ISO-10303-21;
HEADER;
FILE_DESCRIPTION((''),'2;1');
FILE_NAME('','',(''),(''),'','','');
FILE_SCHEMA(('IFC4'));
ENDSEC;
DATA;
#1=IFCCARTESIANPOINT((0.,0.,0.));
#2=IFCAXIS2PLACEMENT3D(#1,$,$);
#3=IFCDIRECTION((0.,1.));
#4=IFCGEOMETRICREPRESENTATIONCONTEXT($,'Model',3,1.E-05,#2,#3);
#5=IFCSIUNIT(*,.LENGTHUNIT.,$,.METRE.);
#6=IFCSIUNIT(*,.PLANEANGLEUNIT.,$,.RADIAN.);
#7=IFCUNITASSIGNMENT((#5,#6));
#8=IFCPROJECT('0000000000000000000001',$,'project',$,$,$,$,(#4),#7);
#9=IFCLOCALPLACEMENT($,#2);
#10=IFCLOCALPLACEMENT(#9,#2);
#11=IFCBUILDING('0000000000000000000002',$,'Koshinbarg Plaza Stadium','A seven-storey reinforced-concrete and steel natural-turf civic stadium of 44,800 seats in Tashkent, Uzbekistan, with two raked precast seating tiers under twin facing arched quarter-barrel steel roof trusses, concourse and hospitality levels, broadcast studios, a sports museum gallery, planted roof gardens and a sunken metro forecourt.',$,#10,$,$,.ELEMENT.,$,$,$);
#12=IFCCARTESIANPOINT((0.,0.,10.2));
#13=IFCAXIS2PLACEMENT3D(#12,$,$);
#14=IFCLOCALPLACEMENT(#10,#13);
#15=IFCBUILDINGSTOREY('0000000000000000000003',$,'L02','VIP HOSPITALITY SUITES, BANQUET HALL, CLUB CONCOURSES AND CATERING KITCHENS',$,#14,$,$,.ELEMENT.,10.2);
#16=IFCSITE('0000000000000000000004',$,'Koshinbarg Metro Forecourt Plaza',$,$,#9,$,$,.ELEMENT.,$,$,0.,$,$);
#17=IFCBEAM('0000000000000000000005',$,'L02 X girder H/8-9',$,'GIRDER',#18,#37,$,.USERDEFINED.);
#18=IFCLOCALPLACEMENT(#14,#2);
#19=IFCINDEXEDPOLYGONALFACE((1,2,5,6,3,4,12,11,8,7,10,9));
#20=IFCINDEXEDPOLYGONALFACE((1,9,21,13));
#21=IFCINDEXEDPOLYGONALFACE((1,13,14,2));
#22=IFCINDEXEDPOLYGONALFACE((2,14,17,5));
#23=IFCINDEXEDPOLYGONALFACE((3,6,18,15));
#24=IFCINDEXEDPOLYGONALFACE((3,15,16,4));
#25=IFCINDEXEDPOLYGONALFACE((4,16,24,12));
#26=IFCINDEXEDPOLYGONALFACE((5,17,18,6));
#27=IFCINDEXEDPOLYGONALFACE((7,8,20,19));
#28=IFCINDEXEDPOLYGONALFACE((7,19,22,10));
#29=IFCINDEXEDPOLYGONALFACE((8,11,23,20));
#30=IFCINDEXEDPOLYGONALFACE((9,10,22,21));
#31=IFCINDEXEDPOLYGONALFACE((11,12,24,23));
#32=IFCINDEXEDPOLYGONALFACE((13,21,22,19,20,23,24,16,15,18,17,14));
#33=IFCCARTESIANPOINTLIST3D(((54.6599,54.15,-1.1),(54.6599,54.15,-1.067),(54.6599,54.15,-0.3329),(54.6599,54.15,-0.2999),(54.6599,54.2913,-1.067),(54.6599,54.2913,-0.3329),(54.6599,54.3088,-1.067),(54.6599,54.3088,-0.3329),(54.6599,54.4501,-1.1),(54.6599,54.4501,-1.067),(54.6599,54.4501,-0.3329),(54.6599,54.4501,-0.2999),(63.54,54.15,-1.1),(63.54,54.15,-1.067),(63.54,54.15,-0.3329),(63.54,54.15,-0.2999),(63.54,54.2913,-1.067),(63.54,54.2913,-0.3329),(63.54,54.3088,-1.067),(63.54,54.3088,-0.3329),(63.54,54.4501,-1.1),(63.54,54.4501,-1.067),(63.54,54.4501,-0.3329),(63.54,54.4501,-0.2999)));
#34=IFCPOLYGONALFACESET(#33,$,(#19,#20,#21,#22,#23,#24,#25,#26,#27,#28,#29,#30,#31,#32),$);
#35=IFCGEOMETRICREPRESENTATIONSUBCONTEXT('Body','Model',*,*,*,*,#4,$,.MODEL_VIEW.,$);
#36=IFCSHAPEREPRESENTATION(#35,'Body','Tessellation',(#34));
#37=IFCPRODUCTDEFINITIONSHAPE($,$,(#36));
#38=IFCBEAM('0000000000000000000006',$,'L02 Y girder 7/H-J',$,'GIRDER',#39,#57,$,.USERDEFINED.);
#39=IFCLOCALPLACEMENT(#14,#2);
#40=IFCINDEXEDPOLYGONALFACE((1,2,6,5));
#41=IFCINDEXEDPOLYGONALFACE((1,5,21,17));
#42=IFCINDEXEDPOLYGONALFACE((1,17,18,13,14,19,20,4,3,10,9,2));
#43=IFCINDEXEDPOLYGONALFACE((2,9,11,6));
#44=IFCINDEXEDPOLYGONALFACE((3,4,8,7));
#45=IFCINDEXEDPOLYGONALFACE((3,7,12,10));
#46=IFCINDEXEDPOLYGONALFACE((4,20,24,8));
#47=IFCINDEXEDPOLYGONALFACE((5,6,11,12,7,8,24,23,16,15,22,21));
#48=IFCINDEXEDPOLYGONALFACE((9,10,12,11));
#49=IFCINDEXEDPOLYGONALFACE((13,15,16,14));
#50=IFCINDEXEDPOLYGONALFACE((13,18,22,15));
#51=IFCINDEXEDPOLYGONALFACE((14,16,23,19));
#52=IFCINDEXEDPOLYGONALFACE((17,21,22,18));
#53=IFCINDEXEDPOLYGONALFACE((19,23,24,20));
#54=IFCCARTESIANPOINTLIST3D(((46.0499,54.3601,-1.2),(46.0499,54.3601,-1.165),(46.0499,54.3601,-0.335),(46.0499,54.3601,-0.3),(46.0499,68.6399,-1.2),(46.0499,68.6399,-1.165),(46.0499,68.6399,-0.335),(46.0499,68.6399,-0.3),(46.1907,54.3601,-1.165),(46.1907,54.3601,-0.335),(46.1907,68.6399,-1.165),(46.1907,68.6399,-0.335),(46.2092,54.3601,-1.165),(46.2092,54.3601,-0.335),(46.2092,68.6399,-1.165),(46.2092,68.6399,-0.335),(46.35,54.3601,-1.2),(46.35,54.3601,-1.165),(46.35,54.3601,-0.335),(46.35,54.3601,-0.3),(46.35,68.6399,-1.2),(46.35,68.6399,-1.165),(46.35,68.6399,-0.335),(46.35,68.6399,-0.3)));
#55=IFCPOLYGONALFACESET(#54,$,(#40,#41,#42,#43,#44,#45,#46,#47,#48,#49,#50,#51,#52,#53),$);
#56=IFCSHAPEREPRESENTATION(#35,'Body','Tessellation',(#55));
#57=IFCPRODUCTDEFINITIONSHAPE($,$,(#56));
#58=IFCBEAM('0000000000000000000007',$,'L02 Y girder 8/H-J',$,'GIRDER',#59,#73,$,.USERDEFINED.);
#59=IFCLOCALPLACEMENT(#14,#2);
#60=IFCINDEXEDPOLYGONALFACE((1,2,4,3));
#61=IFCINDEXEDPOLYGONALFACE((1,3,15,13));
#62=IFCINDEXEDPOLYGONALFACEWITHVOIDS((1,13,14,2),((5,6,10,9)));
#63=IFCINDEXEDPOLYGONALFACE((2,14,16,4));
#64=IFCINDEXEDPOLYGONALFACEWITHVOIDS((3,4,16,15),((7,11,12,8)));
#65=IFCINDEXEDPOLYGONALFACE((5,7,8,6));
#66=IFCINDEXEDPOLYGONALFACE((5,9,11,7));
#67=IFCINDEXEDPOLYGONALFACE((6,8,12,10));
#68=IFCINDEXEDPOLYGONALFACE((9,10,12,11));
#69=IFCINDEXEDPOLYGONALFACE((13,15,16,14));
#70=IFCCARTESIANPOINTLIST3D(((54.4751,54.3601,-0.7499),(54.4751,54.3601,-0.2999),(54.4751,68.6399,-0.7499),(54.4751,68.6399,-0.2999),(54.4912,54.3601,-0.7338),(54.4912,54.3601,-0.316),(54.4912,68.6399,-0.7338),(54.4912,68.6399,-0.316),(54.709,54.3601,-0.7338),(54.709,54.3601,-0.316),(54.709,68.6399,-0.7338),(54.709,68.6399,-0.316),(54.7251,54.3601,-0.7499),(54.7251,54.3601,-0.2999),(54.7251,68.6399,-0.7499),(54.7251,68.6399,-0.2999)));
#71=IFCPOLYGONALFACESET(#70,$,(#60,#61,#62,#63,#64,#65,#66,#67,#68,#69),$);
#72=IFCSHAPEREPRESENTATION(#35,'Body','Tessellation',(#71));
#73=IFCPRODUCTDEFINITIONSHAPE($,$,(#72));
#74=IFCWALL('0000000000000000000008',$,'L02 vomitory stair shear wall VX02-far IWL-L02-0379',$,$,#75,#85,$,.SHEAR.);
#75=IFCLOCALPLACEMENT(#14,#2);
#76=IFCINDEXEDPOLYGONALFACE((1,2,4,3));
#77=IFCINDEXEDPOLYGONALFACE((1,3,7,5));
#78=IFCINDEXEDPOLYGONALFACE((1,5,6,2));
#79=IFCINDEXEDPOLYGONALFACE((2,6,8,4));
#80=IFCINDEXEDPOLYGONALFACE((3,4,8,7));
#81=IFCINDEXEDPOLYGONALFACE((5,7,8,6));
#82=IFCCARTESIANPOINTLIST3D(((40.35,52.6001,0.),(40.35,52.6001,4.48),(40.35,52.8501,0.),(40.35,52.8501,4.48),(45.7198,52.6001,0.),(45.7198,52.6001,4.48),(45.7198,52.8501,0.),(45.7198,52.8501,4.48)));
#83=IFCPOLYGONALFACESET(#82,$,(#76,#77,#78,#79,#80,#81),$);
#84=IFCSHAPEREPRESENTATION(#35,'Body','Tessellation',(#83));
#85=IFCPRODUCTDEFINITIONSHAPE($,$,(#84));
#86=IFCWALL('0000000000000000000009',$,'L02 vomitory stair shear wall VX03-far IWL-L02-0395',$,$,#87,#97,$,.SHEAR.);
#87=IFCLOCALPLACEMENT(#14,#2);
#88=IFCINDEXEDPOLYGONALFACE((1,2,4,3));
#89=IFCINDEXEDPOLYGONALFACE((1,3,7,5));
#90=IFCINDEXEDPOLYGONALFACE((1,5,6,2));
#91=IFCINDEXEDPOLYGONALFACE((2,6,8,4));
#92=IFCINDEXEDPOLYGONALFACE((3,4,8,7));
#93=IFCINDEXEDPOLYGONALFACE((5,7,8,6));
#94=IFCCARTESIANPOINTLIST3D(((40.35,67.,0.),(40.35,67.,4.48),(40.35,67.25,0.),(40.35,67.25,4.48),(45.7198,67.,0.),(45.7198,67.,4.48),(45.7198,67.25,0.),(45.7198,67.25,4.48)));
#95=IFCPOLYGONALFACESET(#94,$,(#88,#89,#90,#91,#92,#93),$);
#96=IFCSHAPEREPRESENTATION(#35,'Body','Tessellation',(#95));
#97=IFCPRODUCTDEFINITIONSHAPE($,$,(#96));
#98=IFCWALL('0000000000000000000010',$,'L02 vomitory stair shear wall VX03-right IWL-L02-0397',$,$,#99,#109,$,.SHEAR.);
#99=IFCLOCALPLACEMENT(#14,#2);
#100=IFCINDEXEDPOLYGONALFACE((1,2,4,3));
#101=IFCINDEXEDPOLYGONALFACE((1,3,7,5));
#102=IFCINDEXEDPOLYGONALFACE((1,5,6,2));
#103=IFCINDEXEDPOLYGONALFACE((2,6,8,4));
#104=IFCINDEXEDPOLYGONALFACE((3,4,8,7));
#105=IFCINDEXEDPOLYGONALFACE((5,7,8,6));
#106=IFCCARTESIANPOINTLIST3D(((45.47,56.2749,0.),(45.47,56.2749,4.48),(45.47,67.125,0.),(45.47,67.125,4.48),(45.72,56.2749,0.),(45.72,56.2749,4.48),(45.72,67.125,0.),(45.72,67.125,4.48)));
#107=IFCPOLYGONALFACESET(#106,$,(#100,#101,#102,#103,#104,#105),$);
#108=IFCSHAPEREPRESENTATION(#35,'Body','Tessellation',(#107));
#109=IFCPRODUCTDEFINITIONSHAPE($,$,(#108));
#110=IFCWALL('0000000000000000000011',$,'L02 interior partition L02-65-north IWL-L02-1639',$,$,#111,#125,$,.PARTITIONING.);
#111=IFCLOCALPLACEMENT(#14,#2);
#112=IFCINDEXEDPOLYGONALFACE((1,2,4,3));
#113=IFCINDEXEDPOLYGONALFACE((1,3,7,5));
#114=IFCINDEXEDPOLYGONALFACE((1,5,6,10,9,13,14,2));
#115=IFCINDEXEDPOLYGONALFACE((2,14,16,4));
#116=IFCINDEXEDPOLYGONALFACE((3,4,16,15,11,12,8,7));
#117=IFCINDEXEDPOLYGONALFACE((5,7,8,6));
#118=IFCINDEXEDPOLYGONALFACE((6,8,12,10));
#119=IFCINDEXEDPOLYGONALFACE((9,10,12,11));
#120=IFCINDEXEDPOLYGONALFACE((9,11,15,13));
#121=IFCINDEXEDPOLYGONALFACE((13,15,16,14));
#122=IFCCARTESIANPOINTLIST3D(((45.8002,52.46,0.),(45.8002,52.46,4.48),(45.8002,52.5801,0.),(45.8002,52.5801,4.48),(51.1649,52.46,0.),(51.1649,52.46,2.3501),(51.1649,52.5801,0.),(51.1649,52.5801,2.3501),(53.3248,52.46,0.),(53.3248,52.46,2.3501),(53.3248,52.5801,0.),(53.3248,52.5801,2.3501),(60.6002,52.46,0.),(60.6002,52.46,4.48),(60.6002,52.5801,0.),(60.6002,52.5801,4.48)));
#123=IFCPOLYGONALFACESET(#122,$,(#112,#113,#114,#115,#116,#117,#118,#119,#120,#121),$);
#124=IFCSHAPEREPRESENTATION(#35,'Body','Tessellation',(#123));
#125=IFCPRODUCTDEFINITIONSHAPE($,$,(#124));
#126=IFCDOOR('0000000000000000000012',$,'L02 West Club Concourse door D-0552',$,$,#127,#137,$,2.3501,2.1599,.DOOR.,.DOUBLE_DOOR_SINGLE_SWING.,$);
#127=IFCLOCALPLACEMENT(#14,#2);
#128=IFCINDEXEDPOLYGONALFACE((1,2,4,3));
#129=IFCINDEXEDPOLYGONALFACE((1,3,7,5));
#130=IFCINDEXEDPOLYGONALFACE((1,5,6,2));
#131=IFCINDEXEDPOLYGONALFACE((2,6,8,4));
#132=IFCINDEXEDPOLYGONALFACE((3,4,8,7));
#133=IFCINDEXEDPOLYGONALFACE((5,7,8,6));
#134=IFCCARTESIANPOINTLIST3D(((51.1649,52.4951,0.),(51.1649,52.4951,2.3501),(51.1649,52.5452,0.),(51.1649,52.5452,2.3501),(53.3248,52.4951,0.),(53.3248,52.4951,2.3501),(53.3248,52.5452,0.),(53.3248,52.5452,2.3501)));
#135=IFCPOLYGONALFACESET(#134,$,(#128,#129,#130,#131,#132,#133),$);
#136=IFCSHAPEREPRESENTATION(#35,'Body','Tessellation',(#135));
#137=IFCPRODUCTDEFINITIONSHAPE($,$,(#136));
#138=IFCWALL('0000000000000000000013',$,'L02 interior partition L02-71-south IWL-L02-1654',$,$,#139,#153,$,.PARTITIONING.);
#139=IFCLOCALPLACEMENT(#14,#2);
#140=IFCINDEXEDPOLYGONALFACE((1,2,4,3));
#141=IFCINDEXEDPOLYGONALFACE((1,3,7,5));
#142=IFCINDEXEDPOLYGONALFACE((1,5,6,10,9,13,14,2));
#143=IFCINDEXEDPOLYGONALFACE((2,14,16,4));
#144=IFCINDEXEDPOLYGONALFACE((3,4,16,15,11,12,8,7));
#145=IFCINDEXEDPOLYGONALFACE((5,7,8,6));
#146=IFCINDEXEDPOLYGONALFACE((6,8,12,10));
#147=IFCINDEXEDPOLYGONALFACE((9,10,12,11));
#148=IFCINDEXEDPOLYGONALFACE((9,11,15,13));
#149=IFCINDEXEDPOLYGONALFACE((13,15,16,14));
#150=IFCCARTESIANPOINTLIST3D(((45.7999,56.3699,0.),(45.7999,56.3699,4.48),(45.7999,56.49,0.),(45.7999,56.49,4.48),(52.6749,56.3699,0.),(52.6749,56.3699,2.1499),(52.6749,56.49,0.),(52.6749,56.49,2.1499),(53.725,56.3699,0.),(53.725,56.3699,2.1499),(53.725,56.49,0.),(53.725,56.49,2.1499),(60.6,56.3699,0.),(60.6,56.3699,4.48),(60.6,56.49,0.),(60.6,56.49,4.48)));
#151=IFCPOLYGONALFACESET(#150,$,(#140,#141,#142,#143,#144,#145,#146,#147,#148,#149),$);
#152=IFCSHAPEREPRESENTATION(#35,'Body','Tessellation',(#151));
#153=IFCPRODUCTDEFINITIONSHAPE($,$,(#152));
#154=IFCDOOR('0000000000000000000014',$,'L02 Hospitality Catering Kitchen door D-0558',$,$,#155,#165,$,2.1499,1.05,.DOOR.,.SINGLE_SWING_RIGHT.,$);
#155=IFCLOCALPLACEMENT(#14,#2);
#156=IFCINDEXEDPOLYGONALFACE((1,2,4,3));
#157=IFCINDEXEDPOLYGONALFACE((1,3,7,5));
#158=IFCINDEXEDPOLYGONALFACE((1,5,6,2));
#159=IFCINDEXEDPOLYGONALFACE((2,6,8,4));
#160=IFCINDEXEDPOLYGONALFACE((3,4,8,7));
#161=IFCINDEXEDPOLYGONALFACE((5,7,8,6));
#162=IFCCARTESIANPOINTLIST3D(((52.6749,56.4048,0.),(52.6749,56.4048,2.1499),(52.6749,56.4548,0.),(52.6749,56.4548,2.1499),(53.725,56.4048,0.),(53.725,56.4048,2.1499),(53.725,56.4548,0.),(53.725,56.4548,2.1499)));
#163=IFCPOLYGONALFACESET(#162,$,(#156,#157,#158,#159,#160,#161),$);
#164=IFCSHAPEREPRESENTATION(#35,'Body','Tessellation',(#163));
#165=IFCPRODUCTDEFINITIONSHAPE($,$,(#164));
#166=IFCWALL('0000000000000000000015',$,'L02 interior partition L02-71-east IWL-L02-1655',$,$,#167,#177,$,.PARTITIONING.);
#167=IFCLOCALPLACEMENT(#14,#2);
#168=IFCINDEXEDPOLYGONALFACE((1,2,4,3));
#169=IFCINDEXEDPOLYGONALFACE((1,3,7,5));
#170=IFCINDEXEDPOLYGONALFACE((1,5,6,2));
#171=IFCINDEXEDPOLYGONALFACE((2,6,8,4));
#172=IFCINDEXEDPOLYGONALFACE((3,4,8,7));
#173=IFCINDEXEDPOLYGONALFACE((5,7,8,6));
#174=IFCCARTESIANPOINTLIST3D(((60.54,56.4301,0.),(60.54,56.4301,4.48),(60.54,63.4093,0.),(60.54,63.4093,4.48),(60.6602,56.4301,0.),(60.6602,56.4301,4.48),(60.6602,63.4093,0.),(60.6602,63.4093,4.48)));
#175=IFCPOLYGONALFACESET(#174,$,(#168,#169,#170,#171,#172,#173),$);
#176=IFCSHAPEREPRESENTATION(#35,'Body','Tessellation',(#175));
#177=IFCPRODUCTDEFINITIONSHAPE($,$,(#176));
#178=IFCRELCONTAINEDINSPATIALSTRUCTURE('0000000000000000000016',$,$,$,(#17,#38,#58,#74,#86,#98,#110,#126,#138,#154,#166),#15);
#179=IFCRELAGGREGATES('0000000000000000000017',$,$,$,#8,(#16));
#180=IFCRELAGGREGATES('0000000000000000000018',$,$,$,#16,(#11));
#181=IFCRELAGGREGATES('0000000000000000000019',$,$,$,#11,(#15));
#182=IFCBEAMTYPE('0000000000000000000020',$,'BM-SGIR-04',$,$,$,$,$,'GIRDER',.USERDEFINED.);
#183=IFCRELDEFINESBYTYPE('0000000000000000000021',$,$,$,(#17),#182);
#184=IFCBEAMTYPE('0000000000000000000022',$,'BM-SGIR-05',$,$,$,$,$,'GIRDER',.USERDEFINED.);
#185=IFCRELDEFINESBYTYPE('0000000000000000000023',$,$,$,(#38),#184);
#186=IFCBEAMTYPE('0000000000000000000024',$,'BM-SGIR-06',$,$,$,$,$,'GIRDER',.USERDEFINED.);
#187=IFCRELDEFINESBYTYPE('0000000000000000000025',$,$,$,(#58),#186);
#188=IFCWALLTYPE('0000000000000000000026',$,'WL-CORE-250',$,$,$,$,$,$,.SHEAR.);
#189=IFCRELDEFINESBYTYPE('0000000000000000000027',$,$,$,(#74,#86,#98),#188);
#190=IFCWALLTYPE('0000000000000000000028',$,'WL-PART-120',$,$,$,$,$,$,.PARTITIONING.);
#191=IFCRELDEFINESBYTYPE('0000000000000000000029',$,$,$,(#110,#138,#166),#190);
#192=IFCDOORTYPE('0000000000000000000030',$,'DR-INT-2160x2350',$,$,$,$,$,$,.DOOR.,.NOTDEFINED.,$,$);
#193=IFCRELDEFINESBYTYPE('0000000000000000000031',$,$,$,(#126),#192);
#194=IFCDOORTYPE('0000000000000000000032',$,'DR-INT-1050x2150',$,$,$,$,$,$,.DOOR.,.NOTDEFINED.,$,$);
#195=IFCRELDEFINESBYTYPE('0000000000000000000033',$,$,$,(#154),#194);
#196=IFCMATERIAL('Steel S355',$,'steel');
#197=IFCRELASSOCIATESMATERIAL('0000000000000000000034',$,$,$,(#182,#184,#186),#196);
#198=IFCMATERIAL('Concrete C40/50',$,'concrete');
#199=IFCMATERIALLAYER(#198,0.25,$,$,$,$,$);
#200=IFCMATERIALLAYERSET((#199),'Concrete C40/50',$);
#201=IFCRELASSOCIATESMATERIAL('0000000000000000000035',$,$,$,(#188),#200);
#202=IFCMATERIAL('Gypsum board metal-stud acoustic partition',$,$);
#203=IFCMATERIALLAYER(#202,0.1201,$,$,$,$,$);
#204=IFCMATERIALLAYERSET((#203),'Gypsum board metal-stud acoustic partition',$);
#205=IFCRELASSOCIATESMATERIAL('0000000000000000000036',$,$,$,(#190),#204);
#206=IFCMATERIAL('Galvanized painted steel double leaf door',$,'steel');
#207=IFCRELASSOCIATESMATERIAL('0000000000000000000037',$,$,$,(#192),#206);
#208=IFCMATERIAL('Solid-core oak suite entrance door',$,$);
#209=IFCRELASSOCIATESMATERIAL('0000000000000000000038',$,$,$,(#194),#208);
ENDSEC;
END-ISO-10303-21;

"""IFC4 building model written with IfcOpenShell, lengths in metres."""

from ifc_helpers import new_model, si_unit, direction, frame, frame_2d, origin, origin_2d, place, context, subcontext, project, spatial, rectangle, hollow_rectangle, i_section, extrude, material, layer, layer_set, material_profile, profile_set, type_object, element, fill, save


model = new_model("IFC4")

# Units and contexts
model_context = context("Model", 3, precision=1e-05, world=origin(), true_north=direction((0.0, 1.0)))
body_context = subcontext(model_context, "Body", "Model", "MODEL_VIEW")
ifc_project = project(units=[si_unit("LENGTHUNIT", "METRE"), si_unit("PLANEANGLEUNIT", "RADIAN")], contexts=[model_context])

# Site, building, storey
site_placement = place(None, origin())
site = spatial("IfcSite", under=ifc_project, at=site_placement, Name="Koshinbarg Metro Forecourt Plaza", CompositionType="ELEMENT", RefElevation=0.0)
building_placement = place(site_placement, origin())
building = spatial("IfcBuilding", under=site, at=building_placement, Name="Koshinbarg Plaza Stadium", Description="A seven-storey reinforced-concrete and steel natural-turf civic stadium of 44,800 seats in Tashkent, Uzbekistan, with two raked precast seating tiers under twin facing arched quarter-barrel steel roof trusses, concourse and hospitality levels, broadcast studios, a sports museum gallery, planted roof gardens and a sunken metro forecourt.", CompositionType="ELEMENT")
storey_placement = place(building_placement, frame((0.0, 0.0, 10.2)))
storey = spatial("IfcBuildingStorey", under=building, at=storey_placement, Name="L02", Description="VIP HOSPITALITY SUITES, BANQUET HALL, CLUB CONCOURSES AND CATERING KITCHENS", CompositionType="ELEMENT", Elevation=10.2)

# Shared definitions
ifc_material_1 = material(Name="Concrete C40/50", Category="concrete")

# Beams
ifc_material_2 = material(Name="Steel S355", Category="steel")
ifc_material_profile_1 = material_profile(ifc_material_2, i_section(OverallWidth=0.3, OverallDepth=0.8, WebThickness=0.0176, FlangeThickness=0.033, at=origin_2d()), Name="HEB 800")
ifc_profile_set_1 = profile_set([ifc_material_profile_1], Name="Steel S355")
beam_type_1 = type_object("IfcBeamType", Name="BM-SGIR-04", ElementType="GIRDER", PredefinedType="USERDEFINED", material=ifc_profile_set_1)
for number, where, z_axis, x_axis, name in (
    (1, (54.6599, 54.3, -0.7), (1.0, 0.0, 0.0), (0.0, 1.0, 0.0), "L02 X girder H/8-9"),
):
    element("IfcBeam", number, at=place(storey_placement, frame(where, z_axis=z_axis, x_axis=x_axis)), inside=storey, type_object=beam_type_1, Name=name, ObjectType="GIRDER", PredefinedType="USERDEFINED", context=body_context, shape_type="SweptSolid", body=[
        extrude(i_section(OverallWidth=0.3, OverallDepth=0.8, WebThickness=0.0176, FlangeThickness=0.033, at=origin_2d()), origin(), (0.0, 0.0, 1.0), 8.8801),
    ])
ifc_material_profile_2 = material_profile(ifc_material_2, i_section(OverallWidth=0.3, OverallDepth=0.8999, WebThickness=0.0186, FlangeThickness=0.0349, at=origin_2d()), Name="HEB 900")
ifc_profile_set_2 = profile_set([ifc_material_profile_2], Name="Steel S355")
beam_type_2 = type_object("IfcBeamType", Name="BM-SGIR-05", ElementType="GIRDER", PredefinedType="USERDEFINED", material=ifc_profile_set_2)
beam_1_placement = place(storey_placement, frame((46.2, 54.3601, -0.75), z_axis=(0.0, 1.0, 0.0), x_axis=(-1.0, 0.0, 0.0)))
element("IfcBeam", 2, at=beam_1_placement, inside=storey, type_object=beam_type_2, Name="L02 Y girder 7/H-J", ObjectType="GIRDER", PredefinedType="USERDEFINED", context=body_context, shape_type="SweptSolid", body=[
    extrude(i_section(OverallWidth=0.3, OverallDepth=0.8999, WebThickness=0.0186, FlangeThickness=0.0349, at=origin_2d()), origin(), (0.0, 0.0, 1.0), 14.2798),
])
ifc_material_profile_3 = material_profile(ifc_material_2, hollow_rectangle(XDim=0.25, YDim=0.45, WallThickness=0.0161, at=origin_2d()), Name="RHS 450x250x16")
ifc_profile_set_3 = profile_set([ifc_material_profile_3], Name="Steel S355")
beam_type_3 = type_object("IfcBeamType", Name="BM-SGIR-06", ElementType="GIRDER", PredefinedType="USERDEFINED", material=ifc_profile_set_3)
beam_2_placement = place(storey_placement, frame((54.6001, 54.3601, -0.5249), z_axis=(0.0, 1.0, 0.0), x_axis=(-1.0, 0.0, 0.0)))
element("IfcBeam", 3, at=beam_2_placement, inside=storey, type_object=beam_type_3, Name="L02 Y girder 8/H-J", ObjectType="GIRDER", PredefinedType="USERDEFINED", context=body_context, shape_type="SweptSolid", body=[
    extrude(hollow_rectangle(XDim=0.25, YDim=0.45, WallThickness=0.0161, at=origin_2d()), origin(), (0.0, 0.0, 1.0), 14.2798),
])

# Walls
ifc_layer_1 = layer(ifc_material_1, 0.25)
ifc_layer_set_1 = layer_set([ifc_layer_1], Name="Concrete C40/50")
wall_type_1 = type_object("IfcWallType", Name="WL-CORE-250", PredefinedType="SHEAR", material=ifc_layer_set_1)
for number, where, z_axis, x_axis, name in (
    (4, (45.72, 52.7251, 0.0), (0.0, 0.0, 1.0), (-1.0, 0.0, 0.0), "L02 vomitory stair shear wall VX02-far IWL-L02-0379"),
    (5, (45.72, 67.125, 0.0), (0.0, 0.0, 1.0), (-1.0, 0.0, 0.0), "L02 vomitory stair shear wall VX03-far IWL-L02-0395"),
):
    element("IfcWall", number, at=place(storey_placement, frame(where, z_axis=z_axis, x_axis=x_axis)), inside=storey, type_object=wall_type_1, Name=name, PredefinedType="SHEAR", context=body_context, shape_type="SweptSolid", body=[
        extrude(rectangle(XDim=5.3699, YDim=0.25, at=frame_2d((2.6851, 0.0))), origin(), (0.0, 0.0, 1.0), 4.48),
    ])
wall_1_placement = place(storey_placement, frame((45.595, 56.2749, 0.0), z_axis=(0.0, 0.0, 1.0), x_axis=(0.0, 1.0, 0.0)))
element("IfcWall", 6, at=wall_1_placement, inside=storey, type_object=wall_type_1, Name="L02 vomitory stair shear wall VX03-right IWL-L02-0397", PredefinedType="SHEAR", context=body_context, shape_type="SweptSolid", body=[
    extrude(rectangle(XDim=10.8501, YDim=0.25, at=frame_2d((5.425, 0.0))), origin(), (0.0, 0.0, 1.0), 4.48),
])

# Walls, openings, doors
ifc_material_3 = material(Name="Gypsum board metal-stud acoustic partition")
ifc_layer_2 = layer(ifc_material_3, 0.1201)
ifc_layer_set_2 = layer_set([ifc_layer_2], Name="Gypsum board metal-stud acoustic partition")
wall_type_2 = type_object("IfcWallType", Name="WL-PART-120", PredefinedType="PARTITIONING", material=ifc_layer_set_2)
wall_2_placement = place(storey_placement, frame((60.6001, 52.52, 0.0), z_axis=(0.0, 0.0, 1.0), x_axis=(-1.0, 0.0, 0.0)))
wall_2 = element("IfcWall", 7, at=wall_2_placement, inside=storey, type_object=wall_type_2, Name="L02 interior partition L02-65-north IWL-L02-1639", PredefinedType="PARTITIONING", context=body_context, shape_type="SweptSolid", body=[
    extrude(rectangle(XDim=14.8, YDim=0.1201, at=frame_2d((7.3999, 0.0))), origin(), (0.0, 0.0, 1.0), 4.48),
])
opening_1_placement = place(wall_2_placement, frame((7.2751, 0.0, 0.0)))
opening_1 = element("IfcOpeningElement", 8, at=opening_1_placement, cuts=wall_2, PredefinedType="OPENING", context=body_context, shape_type="SweptSolid", body=[
    extrude(rectangle(XDim=2.1599, YDim=2.3501, at=frame_2d((1.0801, 1.175))), frame((0.0, 0.0701, 0.0), z_axis=(0.0, -1.0, 0.0), x_axis=(1.0, 0.0, 0.0)), (0.0, 0.0, 1.0), 0.1401),
])
ifc_material_4 = material(Name="Galvanized painted steel double leaf door", Category="steel")
door_type_1 = type_object("IfcDoorType", Name="DR-INT-2160x2350", OperationType="NOTDEFINED", PredefinedType="DOOR", material=ifc_material_4)
door_1_placement = place(opening_1_placement, origin())
door_1 = element("IfcDoor", 9, at=door_1_placement, inside=storey, type_object=door_type_1, Name="L02 West Club Concourse door D-0552", OperationType="DOUBLE_DOOR_SINGLE_SWING", OverallHeight=2.3501, OverallWidth=2.1599, PredefinedType="DOOR", context=body_context, shape_type="SweptSolid", body=[
    extrude(rectangle(XDim=2.1599, YDim=2.3501, at=frame_2d((1.0801, 1.175))), frame((0.0, 0.0249, 0.0), z_axis=(0.0, -1.0, 0.0), x_axis=(1.0, 0.0, 0.0)), (0.0, 0.0, 1.0), 0.05),
])
fill(opening_1, door_1)
wall_3_placement = place(storey_placement, frame((45.8, 56.4299, 0.0), z_axis=(0.0, 0.0, 1.0), x_axis=(1.0, 0.0, 0.0)))
wall_3 = element("IfcWall", 10, at=wall_3_placement, inside=storey, type_object=wall_type_2, Name="L02 interior partition L02-71-south IWL-L02-1654", PredefinedType="PARTITIONING", context=body_context, shape_type="SweptSolid", body=[
    extrude(rectangle(XDim=14.8, YDim=0.1201, at=frame_2d((7.3999, 0.0))), origin(), (0.0, 0.0, 1.0), 4.48),
])
opening_2_placement = place(wall_3_placement, frame((6.875, 0.0, 0.0)))
opening_2 = element("IfcOpeningElement", 11, at=opening_2_placement, cuts=wall_3, PredefinedType="OPENING", context=body_context, shape_type="SweptSolid", body=[
    extrude(rectangle(XDim=1.05, YDim=2.1499, at=frame_2d((0.5249, 1.075))), frame((0.0, 0.0701, 0.0), z_axis=(0.0, -1.0, 0.0), x_axis=(1.0, 0.0, 0.0)), (0.0, 0.0, 1.0), 0.1401),
])
ifc_material_5 = material(Name="Solid-core oak suite entrance door")
door_type_2 = type_object("IfcDoorType", Name="DR-INT-1050x2150", OperationType="NOTDEFINED", PredefinedType="DOOR", material=ifc_material_5)
door_2_placement = place(opening_2_placement, origin())
door_2 = element("IfcDoor", 12, at=door_2_placement, inside=storey, type_object=door_type_2, Name="L02 Hospitality Catering Kitchen door D-0558", OperationType="SINGLE_SWING_RIGHT", OverallHeight=2.1499, OverallWidth=1.05, PredefinedType="DOOR", context=body_context, shape_type="SweptSolid", body=[
    extrude(rectangle(XDim=1.05, YDim=2.1499, at=frame_2d((0.5249, 1.075))), frame((0.0, 0.0249, 0.0), z_axis=(0.0, -1.0, 0.0), x_axis=(1.0, 0.0, 0.0)), (0.0, 0.0, 1.0), 0.05),
])
fill(opening_2, door_2)

# Wall
wall_4_placement = place(storey_placement, frame((60.6001, 56.4299, 0.0), z_axis=(0.0, 0.0, 1.0), x_axis=(0.0, 1.0, 0.0)))
element("IfcWall", 13, at=wall_4_placement, inside=storey, type_object=wall_type_2, Name="L02 interior partition L02-71-east IWL-L02-1655", PredefinedType="PARTITIONING", context=body_context, shape_type="SweptSolid", body=[
    extrude(rectangle(XDim=6.9792, YDim=0.1201, at=frame_2d((3.4897, 0.0))), origin(), (0.0, 0.0, 1.0), 4.48),
])

save(model, "model.ifc")
